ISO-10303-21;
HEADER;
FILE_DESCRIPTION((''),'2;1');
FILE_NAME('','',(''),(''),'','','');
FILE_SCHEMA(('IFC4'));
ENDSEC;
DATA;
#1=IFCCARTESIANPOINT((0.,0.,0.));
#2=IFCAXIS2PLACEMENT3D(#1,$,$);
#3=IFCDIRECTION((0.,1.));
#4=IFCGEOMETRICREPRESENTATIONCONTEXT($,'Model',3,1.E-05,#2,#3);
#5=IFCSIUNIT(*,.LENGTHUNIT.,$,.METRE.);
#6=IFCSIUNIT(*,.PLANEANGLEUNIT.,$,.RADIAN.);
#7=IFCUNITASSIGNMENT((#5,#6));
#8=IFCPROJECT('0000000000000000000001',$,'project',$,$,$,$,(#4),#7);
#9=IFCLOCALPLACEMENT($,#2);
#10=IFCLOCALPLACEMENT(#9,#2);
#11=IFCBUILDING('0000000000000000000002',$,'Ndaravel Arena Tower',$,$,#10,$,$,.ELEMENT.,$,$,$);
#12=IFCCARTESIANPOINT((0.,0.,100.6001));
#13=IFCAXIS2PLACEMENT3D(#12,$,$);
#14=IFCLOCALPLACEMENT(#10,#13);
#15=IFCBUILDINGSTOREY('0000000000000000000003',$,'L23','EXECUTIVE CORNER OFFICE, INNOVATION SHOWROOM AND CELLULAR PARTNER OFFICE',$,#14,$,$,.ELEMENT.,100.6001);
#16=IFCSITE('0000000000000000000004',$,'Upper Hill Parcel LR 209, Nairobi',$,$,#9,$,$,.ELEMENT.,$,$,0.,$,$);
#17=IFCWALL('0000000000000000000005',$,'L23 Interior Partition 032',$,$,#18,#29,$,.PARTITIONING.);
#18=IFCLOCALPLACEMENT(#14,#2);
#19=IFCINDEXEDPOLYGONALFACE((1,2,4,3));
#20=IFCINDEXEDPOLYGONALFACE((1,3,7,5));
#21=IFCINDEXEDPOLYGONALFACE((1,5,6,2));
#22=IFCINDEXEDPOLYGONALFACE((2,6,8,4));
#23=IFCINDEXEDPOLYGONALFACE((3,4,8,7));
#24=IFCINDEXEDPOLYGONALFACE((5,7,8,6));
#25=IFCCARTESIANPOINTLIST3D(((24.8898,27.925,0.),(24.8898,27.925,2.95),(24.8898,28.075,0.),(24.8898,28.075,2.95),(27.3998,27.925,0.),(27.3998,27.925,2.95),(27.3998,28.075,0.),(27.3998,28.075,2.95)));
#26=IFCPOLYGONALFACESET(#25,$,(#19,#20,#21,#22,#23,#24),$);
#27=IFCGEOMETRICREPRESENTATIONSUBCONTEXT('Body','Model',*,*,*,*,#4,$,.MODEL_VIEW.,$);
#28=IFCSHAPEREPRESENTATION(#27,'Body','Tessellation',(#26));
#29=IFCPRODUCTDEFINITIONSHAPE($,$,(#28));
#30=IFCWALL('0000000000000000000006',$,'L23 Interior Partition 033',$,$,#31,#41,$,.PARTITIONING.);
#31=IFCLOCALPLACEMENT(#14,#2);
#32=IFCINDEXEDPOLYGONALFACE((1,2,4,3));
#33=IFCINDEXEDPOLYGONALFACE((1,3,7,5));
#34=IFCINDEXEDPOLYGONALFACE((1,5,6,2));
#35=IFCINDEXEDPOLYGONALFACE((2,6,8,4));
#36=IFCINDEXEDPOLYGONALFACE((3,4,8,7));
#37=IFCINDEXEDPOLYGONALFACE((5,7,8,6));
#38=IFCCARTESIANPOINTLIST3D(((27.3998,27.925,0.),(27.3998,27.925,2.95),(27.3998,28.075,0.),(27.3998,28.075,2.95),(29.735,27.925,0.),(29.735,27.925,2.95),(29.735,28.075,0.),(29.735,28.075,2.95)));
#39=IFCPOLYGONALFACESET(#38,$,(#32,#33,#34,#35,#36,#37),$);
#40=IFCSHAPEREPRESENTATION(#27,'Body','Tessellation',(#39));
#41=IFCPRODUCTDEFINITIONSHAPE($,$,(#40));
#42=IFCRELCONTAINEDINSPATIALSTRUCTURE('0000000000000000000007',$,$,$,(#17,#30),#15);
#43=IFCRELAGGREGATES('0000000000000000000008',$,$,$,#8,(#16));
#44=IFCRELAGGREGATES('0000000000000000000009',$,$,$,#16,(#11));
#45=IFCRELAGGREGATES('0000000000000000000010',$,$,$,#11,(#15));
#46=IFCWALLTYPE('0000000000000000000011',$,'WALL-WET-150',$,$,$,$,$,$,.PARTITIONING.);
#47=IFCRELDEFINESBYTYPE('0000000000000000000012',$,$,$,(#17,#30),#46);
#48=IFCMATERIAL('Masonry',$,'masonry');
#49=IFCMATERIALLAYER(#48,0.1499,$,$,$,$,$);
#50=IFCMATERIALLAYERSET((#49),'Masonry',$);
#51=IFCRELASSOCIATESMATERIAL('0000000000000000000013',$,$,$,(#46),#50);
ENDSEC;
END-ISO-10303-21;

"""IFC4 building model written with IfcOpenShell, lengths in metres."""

from ifc_helpers import new_model, si_unit, direction, frame, frame_2d, origin, place, context, subcontext, project, spatial, rectangle, extrude, material, layer, layer_set, type_object, element, save


model = new_model("IFC4")

# Units and contexts
model_context = context("Model", 3, precision=1e-05, world=origin(), true_north=direction((0.0, 1.0)))
body_context = subcontext(model_context, "Body", "Model", "MODEL_VIEW")
ifc_project = project(units=[si_unit("LENGTHUNIT", "METRE"), si_unit("PLANEANGLEUNIT", "RADIAN")], contexts=[model_context])

# Site, building, storey
site_placement = place(None, origin())
site = spatial("IfcSite", under=ifc_project, at=site_placement, Name="Upper Hill Parcel LR 209, Nairobi", CompositionType="ELEMENT", RefElevation=0.0)
building_placement = place(site_placement, origin())
building = spatial("IfcBuilding", under=site, at=building_placement, Name="Ndaravel Arena Tower", CompositionType="ELEMENT")
storey_placement = place(building_placement, frame((0.0, 0.0, 100.6001)))
storey = spatial("IfcBuildingStorey", under=building, at=storey_placement, Name="L23", Description="EXECUTIVE CORNER OFFICE, INNOVATION SHOWROOM AND CELLULAR PARTNER OFFICE", CompositionType="ELEMENT", Elevation=100.6001)

# Walls
ifc_material_1 = material(Name="Masonry", Category="masonry")
ifc_layer_1 = layer(ifc_material_1, 0.1499)
ifc_layer_set_1 = layer_set([ifc_layer_1], Name="Masonry")
wall_type_1 = type_object("IfcWallType", Name="WALL-WET-150", PredefinedType="PARTITIONING", material=ifc_layer_set_1)
wall_1_placement = place(storey_placement, frame((24.8899, 28.0, 0.0), z_axis=(0.0, 0.0, 1.0), x_axis=(1.0, 0.0, 0.0)))
element("IfcWall", 1, at=wall_1_placement, inside=storey, type_object=wall_type_1, Name="L23 Interior Partition 032", PredefinedType="PARTITIONING", context=body_context, shape_type="SweptSolid", body=[
    extrude(rectangle(XDim=2.51, YDim=0.1499, at=frame_2d((1.2549, 0.0))), origin(), (0.0, 0.0, 1.0), 2.95),
])
wall_2_placement = place(storey_placement, frame((27.3999, 28.0, 0.0), z_axis=(0.0, 0.0, 1.0), x_axis=(1.0, 0.0, 0.0)))
element("IfcWall", 2, at=wall_2_placement, inside=storey, type_object=wall_type_1, Name="L23 Interior Partition 033", PredefinedType="PARTITIONING", context=body_context, shape_type="SweptSolid", body=[
    extrude(rectangle(XDim=2.3352, YDim=0.1499, at=frame_2d((1.1675, 0.0))), origin(), (0.0, 0.0, 1.0), 2.95),
])

save(model, "model.ifc")
